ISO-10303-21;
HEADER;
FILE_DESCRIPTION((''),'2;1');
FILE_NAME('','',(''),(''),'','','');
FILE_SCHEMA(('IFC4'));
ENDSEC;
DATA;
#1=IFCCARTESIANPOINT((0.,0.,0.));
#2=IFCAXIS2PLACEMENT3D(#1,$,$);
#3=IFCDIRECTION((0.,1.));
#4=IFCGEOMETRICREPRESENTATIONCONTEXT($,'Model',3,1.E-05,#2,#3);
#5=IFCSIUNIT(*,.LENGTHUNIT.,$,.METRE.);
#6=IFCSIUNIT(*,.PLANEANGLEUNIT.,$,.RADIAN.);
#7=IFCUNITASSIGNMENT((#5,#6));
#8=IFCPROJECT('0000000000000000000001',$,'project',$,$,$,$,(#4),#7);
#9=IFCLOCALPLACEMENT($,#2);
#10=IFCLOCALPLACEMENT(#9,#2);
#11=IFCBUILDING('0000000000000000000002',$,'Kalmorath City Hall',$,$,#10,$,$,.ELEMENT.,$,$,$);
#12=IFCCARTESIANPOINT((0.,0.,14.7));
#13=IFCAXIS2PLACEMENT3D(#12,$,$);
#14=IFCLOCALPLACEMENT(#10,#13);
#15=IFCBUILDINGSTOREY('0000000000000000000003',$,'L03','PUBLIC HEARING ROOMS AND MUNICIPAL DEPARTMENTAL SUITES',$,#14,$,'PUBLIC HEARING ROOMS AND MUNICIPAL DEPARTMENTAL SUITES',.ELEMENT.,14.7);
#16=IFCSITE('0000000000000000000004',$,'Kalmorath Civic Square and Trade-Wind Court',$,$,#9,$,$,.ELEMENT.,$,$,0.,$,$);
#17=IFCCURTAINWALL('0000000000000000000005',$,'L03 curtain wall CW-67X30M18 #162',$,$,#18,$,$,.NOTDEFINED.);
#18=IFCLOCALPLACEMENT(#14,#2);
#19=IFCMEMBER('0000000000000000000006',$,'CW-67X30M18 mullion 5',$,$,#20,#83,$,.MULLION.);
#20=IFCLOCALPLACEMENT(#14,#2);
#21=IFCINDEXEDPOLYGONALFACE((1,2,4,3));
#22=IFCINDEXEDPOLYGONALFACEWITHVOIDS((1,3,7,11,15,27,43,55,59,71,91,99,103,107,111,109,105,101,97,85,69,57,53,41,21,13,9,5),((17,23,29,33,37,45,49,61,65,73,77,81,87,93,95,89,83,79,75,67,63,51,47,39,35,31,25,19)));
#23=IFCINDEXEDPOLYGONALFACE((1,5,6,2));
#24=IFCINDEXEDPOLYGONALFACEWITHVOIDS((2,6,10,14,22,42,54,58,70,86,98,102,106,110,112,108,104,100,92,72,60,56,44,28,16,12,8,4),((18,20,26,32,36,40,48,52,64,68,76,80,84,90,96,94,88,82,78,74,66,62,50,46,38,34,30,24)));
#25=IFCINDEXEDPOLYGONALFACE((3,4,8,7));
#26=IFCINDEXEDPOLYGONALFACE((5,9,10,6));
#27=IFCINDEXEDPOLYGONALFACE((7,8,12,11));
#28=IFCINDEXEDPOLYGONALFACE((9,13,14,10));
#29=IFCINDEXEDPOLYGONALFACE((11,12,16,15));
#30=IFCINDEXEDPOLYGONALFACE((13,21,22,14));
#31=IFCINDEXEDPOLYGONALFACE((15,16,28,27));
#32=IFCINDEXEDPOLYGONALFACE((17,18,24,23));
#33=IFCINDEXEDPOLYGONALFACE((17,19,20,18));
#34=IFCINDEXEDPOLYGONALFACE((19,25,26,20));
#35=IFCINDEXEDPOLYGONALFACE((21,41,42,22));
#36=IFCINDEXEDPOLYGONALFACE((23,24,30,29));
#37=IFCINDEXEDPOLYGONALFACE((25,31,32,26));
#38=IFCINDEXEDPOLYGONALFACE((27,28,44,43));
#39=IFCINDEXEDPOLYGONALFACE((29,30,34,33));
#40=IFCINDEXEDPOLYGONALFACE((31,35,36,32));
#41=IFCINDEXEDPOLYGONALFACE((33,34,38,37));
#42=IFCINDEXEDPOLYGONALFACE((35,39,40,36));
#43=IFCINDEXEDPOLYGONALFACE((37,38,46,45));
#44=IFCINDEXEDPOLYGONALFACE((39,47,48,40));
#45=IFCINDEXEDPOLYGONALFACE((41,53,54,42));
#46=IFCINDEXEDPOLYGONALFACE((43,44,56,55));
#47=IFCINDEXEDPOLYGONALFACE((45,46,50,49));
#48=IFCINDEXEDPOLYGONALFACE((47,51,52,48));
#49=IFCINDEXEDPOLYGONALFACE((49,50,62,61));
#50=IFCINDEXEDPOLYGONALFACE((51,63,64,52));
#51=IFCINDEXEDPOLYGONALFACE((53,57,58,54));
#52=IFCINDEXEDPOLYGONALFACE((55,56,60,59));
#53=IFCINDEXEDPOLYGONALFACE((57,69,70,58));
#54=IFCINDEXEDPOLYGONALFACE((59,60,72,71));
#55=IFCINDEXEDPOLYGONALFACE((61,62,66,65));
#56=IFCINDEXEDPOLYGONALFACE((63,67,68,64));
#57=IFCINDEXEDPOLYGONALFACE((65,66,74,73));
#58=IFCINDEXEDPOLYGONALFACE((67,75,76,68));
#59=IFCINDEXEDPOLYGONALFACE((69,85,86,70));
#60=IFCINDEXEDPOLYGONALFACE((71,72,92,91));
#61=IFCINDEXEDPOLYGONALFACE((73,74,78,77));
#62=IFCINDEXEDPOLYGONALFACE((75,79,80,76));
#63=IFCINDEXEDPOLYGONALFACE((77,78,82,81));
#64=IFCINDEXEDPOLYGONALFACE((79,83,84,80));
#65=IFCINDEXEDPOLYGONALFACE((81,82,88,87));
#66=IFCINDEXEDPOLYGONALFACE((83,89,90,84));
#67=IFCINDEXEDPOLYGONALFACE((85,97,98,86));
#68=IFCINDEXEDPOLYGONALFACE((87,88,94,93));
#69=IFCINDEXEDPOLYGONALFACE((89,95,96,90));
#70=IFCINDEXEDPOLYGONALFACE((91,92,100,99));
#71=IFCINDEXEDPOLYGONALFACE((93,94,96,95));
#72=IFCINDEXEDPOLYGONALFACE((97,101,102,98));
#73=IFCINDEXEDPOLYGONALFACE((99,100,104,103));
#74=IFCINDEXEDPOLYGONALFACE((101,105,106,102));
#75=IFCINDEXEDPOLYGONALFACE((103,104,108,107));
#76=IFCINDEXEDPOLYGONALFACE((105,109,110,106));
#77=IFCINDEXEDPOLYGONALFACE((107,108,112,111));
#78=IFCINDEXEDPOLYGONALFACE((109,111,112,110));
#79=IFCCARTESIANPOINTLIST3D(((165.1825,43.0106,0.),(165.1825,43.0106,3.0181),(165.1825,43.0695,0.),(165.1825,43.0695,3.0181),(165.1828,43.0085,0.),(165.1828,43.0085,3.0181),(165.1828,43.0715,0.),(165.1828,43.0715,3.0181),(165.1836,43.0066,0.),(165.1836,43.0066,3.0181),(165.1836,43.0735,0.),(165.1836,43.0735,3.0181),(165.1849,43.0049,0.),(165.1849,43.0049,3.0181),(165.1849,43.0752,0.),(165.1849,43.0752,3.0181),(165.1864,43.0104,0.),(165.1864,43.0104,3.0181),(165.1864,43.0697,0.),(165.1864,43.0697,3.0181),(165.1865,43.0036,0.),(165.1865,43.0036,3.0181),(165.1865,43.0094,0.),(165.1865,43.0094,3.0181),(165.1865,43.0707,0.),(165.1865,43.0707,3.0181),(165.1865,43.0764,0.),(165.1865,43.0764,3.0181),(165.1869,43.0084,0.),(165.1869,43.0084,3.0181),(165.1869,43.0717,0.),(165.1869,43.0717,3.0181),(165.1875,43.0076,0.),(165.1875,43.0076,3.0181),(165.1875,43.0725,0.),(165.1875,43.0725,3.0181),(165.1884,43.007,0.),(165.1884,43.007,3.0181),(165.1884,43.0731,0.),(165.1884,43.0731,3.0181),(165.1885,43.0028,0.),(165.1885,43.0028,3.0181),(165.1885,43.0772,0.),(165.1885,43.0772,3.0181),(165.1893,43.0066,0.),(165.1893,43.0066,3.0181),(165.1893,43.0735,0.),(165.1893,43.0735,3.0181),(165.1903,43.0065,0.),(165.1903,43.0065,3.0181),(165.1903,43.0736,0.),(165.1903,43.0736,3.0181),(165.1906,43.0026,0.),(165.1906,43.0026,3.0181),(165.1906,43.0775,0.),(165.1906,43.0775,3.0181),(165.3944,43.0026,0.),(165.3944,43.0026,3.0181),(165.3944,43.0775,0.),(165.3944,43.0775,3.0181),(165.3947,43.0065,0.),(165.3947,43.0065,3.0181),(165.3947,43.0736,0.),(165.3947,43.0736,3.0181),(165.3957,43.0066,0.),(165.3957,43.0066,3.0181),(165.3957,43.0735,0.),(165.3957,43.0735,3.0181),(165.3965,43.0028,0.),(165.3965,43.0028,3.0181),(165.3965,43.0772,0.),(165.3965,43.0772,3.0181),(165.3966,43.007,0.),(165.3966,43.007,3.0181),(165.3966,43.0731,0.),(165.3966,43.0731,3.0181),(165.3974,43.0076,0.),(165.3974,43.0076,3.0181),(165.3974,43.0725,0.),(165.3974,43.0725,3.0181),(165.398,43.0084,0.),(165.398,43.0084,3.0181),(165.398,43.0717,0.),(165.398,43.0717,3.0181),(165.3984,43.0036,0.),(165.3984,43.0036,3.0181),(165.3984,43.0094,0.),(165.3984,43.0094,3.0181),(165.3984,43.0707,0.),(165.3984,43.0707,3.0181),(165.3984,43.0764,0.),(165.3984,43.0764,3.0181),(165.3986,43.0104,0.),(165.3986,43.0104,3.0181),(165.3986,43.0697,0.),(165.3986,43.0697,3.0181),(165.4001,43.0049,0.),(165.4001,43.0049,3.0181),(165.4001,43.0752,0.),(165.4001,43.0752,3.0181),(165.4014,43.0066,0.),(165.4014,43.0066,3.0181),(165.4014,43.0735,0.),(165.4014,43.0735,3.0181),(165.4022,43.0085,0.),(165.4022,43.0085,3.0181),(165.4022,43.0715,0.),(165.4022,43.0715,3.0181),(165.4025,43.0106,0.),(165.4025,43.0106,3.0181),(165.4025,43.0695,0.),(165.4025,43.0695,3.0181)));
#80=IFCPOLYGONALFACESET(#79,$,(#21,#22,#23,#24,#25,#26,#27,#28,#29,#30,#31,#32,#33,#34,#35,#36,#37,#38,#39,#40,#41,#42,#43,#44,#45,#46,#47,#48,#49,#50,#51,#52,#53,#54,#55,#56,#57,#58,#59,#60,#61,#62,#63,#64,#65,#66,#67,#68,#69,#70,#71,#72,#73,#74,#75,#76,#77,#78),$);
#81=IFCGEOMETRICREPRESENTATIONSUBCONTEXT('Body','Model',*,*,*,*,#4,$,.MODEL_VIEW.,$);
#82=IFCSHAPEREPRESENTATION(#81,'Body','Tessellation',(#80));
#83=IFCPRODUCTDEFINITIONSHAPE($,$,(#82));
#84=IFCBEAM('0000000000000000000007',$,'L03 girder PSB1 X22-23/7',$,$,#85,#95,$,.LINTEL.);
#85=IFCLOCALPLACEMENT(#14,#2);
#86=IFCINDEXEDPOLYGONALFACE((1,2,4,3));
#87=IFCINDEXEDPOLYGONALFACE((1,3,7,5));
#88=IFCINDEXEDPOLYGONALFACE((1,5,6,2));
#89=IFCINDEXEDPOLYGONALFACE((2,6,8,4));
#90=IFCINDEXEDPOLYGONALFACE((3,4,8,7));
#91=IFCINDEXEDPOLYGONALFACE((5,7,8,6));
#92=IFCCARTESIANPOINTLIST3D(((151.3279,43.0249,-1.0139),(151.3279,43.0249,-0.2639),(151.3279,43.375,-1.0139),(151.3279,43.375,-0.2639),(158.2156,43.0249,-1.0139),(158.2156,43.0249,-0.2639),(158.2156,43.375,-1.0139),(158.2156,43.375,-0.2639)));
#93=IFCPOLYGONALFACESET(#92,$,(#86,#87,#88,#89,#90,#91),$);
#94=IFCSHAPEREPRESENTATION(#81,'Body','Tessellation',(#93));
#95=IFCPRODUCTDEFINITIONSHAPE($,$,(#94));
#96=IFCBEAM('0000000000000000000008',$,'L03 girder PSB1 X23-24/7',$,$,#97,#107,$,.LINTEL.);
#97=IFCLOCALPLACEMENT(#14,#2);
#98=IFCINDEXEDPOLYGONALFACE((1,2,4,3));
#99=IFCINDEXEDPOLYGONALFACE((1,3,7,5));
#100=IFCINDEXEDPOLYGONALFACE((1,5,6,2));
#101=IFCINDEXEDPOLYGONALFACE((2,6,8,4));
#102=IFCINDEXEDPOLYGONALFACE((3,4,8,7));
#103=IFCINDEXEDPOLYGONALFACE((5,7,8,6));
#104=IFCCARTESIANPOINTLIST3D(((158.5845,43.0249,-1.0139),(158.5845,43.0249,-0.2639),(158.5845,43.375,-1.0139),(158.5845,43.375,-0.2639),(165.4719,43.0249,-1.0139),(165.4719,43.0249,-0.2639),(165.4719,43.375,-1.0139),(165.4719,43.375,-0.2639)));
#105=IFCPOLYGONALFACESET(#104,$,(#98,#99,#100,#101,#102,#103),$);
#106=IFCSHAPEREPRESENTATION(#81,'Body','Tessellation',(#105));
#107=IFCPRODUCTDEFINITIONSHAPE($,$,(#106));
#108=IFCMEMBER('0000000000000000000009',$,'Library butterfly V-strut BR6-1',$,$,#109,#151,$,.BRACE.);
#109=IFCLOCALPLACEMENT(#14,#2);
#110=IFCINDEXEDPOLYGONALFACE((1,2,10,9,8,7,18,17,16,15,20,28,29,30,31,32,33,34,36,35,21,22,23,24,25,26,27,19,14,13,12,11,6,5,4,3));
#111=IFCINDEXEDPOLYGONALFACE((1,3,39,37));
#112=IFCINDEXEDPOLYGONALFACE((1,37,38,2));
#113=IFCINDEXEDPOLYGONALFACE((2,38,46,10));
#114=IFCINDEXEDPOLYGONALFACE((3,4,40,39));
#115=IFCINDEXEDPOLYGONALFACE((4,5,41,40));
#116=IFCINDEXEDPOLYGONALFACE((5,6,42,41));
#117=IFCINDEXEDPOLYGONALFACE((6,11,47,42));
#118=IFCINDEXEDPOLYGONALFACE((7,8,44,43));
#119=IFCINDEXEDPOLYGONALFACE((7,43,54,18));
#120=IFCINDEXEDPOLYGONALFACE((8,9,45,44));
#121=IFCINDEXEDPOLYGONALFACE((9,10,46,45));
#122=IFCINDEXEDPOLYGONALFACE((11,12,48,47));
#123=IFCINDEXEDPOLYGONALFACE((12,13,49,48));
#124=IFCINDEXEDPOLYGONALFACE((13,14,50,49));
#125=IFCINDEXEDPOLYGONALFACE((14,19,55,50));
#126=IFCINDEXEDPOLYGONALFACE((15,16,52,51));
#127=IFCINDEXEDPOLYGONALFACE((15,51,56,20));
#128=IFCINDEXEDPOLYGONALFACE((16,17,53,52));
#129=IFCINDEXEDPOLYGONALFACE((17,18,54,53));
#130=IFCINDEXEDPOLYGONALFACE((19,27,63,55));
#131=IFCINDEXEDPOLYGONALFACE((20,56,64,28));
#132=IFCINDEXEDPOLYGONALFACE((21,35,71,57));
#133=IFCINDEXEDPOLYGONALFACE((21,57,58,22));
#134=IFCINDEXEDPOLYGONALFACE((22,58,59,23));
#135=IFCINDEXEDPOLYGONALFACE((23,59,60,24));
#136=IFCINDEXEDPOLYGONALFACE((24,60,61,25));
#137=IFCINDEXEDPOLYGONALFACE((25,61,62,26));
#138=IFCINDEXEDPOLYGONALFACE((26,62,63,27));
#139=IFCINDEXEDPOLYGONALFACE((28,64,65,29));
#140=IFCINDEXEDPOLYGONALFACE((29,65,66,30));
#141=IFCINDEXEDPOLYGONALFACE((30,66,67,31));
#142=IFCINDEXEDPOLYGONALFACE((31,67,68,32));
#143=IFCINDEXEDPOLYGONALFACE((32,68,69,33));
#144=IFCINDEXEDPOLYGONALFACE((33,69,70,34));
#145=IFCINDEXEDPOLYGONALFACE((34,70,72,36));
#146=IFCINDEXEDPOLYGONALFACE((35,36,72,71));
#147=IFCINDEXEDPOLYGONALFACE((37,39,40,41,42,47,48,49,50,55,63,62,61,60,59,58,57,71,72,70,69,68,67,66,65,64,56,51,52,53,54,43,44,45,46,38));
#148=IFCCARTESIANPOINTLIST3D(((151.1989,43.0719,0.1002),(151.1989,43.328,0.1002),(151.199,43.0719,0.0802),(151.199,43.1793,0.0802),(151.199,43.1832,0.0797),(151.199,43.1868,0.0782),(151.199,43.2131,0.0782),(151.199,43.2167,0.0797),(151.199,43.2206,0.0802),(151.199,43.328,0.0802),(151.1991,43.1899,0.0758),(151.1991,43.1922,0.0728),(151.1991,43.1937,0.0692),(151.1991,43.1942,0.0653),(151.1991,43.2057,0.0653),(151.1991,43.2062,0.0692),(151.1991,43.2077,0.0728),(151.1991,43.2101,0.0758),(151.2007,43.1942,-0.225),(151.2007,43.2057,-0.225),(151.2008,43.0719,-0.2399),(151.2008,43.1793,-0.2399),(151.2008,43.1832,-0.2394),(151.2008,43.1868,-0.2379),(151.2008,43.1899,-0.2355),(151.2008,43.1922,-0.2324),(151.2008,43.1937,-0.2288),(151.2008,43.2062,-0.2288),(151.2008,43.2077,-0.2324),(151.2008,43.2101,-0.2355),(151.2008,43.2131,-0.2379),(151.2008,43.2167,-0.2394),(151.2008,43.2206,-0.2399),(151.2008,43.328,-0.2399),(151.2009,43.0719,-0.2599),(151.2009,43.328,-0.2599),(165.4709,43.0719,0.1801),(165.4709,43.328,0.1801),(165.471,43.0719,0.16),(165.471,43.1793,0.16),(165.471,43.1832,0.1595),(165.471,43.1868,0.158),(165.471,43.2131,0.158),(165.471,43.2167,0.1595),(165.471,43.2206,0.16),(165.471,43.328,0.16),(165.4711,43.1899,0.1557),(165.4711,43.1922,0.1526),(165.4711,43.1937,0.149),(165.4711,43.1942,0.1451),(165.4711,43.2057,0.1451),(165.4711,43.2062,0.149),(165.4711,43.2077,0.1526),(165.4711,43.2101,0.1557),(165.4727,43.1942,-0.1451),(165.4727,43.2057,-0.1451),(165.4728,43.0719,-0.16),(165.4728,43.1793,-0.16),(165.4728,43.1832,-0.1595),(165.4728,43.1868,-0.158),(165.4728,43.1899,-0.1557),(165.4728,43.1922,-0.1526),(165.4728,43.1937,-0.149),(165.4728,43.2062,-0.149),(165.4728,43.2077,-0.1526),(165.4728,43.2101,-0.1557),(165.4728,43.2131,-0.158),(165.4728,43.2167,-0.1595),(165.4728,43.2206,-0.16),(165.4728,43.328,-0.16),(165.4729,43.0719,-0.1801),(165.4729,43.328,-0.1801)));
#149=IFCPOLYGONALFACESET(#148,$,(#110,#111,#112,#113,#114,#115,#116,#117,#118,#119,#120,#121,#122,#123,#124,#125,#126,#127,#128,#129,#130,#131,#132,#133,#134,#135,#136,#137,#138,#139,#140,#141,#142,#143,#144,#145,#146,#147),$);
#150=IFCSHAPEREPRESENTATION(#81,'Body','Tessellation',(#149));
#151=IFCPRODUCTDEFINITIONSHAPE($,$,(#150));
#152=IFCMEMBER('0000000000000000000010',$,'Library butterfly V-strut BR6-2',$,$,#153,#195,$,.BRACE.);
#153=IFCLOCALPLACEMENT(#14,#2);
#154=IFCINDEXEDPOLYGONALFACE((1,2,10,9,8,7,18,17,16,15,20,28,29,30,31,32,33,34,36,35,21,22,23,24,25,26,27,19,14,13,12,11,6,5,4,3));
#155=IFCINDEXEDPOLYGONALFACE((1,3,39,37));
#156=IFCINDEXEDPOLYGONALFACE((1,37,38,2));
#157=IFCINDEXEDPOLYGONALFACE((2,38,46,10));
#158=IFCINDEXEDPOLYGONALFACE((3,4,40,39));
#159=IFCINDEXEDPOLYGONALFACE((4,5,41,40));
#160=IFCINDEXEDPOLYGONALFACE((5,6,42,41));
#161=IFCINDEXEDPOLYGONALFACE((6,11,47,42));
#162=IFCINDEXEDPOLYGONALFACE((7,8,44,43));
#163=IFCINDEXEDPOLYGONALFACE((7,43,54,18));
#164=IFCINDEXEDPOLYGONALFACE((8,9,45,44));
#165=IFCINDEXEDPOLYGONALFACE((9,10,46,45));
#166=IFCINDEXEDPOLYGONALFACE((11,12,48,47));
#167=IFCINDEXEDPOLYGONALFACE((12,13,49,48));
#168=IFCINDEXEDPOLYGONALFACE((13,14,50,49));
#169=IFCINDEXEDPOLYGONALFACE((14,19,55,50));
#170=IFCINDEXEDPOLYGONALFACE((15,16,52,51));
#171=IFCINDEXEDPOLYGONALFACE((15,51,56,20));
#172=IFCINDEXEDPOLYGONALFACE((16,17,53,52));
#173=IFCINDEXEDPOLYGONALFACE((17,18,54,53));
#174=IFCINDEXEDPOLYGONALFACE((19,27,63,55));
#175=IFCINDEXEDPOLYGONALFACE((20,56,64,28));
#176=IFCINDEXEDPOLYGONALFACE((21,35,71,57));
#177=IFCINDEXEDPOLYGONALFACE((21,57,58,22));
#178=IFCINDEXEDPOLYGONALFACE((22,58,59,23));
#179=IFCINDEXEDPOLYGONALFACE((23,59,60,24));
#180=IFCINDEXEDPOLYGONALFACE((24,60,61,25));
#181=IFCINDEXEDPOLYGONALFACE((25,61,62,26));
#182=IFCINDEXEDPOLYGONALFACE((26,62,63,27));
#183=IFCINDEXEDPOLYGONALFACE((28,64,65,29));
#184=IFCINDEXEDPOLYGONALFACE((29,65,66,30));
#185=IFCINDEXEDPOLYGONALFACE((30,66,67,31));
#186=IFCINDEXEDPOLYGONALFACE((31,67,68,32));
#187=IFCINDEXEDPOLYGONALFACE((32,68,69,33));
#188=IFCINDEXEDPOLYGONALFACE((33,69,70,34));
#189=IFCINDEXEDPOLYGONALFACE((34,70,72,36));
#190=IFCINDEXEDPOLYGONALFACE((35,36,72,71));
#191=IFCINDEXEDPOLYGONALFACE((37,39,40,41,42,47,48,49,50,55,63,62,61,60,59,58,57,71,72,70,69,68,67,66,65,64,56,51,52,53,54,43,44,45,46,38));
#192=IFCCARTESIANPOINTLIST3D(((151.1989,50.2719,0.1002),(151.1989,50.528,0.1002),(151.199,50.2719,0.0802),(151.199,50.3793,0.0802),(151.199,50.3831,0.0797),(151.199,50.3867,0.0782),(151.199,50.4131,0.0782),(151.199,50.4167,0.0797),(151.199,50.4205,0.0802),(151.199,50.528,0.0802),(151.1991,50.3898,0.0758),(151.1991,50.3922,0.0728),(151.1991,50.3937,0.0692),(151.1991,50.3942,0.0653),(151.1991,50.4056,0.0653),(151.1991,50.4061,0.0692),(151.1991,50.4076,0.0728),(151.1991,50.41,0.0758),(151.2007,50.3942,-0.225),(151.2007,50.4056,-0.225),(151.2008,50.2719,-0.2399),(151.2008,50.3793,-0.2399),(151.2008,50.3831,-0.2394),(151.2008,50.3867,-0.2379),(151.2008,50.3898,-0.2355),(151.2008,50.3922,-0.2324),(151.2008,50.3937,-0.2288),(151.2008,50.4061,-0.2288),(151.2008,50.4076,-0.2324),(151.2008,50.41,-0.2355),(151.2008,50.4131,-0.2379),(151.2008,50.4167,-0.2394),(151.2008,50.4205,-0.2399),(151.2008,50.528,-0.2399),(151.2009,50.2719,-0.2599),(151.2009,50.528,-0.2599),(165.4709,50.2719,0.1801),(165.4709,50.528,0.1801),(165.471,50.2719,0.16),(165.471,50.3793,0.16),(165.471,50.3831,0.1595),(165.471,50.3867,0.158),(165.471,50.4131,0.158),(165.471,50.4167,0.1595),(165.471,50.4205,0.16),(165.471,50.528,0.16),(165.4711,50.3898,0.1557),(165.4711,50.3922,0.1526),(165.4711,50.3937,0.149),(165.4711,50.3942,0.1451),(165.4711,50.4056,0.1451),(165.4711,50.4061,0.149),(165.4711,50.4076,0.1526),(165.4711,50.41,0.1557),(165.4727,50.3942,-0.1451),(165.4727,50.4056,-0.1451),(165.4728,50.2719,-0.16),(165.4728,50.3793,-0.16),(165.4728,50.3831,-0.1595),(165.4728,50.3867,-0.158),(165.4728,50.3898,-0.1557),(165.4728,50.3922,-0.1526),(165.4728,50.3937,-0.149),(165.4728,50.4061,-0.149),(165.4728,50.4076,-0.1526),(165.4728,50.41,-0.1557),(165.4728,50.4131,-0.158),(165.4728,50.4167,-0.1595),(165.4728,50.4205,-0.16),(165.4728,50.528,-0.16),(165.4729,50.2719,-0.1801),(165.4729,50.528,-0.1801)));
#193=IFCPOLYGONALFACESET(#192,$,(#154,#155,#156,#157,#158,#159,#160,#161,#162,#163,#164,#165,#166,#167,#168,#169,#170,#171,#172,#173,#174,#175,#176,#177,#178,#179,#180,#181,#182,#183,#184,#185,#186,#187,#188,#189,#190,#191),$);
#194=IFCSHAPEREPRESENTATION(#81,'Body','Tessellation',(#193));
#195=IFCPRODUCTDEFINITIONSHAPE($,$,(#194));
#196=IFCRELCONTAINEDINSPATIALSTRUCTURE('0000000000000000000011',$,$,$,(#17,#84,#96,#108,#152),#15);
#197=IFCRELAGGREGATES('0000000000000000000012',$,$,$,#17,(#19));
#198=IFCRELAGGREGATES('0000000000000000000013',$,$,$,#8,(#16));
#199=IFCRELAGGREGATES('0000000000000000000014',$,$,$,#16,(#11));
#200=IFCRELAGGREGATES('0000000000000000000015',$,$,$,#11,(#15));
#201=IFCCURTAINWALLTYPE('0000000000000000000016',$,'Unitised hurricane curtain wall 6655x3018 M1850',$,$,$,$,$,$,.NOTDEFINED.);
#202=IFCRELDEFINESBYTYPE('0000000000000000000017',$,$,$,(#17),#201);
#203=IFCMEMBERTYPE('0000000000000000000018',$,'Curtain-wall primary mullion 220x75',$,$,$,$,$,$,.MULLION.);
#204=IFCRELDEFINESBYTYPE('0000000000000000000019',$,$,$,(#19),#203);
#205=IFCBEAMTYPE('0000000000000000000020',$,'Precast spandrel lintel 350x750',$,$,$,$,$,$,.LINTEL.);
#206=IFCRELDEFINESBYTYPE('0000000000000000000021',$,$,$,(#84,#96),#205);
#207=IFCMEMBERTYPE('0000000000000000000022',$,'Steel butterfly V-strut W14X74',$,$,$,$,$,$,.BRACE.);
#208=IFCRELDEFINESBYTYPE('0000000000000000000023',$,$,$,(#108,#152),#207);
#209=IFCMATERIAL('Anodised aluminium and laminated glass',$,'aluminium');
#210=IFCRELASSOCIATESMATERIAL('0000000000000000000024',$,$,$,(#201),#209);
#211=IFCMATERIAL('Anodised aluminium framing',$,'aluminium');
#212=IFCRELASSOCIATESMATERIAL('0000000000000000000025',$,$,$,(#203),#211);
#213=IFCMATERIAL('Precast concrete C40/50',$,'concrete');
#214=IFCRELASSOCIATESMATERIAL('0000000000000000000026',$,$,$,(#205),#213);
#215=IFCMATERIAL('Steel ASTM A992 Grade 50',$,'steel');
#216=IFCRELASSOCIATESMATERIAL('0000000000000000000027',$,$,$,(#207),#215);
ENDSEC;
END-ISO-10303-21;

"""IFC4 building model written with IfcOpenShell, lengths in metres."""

from ifc_helpers import new_model, si_unit, direction, frame, origin, origin_2d, place, context, subcontext, project, spatial, rectangle, hollow_rectangle, i_section, extrude, material, material_profile, profile_set, type_object, element, aggregate, save


model = new_model("IFC4")

# Units and contexts
model_context = context("Model", 3, precision=1e-05, world=origin(), true_north=direction((0.0, 1.0)))
body_context = subcontext(model_context, "Body", "Model", "MODEL_VIEW")
ifc_project = project(units=[si_unit("LENGTHUNIT", "METRE"), si_unit("PLANEANGLEUNIT", "RADIAN")], contexts=[model_context])

# Site, building, storey
site_placement = place(None, origin())
site = spatial("IfcSite", under=ifc_project, at=site_placement, Name="Kalmorath Civic Square and Trade-Wind Court", CompositionType="ELEMENT", RefElevation=0.0)
building_placement = place(site_placement, origin())
building = spatial("IfcBuilding", under=site, at=building_placement, Name="Kalmorath City Hall", CompositionType="ELEMENT")
storey_placement = place(building_placement, frame((0.0, 0.0, 14.7)))
storey = spatial("IfcBuildingStorey", under=building, at=storey_placement, Name="L03", Description="PUBLIC HEARING ROOMS AND MUNICIPAL DEPARTMENTAL SUITES", LongName="PUBLIC HEARING ROOMS AND MUNICIPAL DEPARTMENTAL SUITES", CompositionType="ELEMENT", Elevation=14.7)

# Curtain wall, member
ifc_material_1 = material(Name="Anodised aluminium and laminated glass", Category="aluminium")
curtain_wall_type = type_object("IfcCurtainWallType", Name="Unitised hurricane curtain wall 6655x3018 M1850", PredefinedType="NOTDEFINED", material=ifc_material_1)
curtain_wall_placement = place(storey_placement, origin())
curtain_wall = element("IfcCurtainWall", 1, at=curtain_wall_placement, inside=storey, type_object=curtain_wall_type, Name="L03 curtain wall CW-67X30M18 #162", PredefinedType="NOTDEFINED")
ifc_material_2 = material(Name="Anodised aluminium framing", Category="aluminium")
ifc_material_profile_1 = material_profile(ifc_material_2, hollow_rectangle(XDim=0.075, YDim=0.22, WallThickness=0.0039, InnerFilletRadius=0.0039, OuterFilletRadius=0.0081, at=origin_2d()), Name="ALU-MUL-220X75X4")
ifc_profile_set_1 = profile_set([ifc_material_profile_1], Name="Anodised aluminium framing")
member_type_1 = type_object("IfcMemberType", Name="Curtain-wall primary mullion 220x75", PredefinedType="MULLION", material=ifc_profile_set_1)
member_placement = place(storey_placement, frame((165.2925, 43.04, 0.0), z_axis=(0.0, 0.0, 1.0), x_axis=(0.0, 1.0, 0.0)))
member = element("IfcMember", 2, at=member_placement, type_object=member_type_1, Name="CW-67X30M18 mullion 5", PredefinedType="MULLION", context=body_context, shape_type="SweptSolid", body=[
    extrude(hollow_rectangle(XDim=0.075, YDim=0.22, WallThickness=0.0039, InnerFilletRadius=0.0039, OuterFilletRadius=0.0081, at=origin_2d()), origin(), (0.0, 0.0, 1.0), 3.0181),
])
aggregate(curtain_wall, [member])

# Beams
ifc_material_3 = material(Name="Precast concrete C40/50", Category="concrete")
ifc_material_profile_2 = material_profile(ifc_material_3, rectangle(XDim=0.3501, YDim=0.75, at=origin_2d()), Name="PC-SP-350X750")
ifc_profile_set_2 = profile_set([ifc_material_profile_2], Name="Precast concrete C40/50")
beam_type = type_object("IfcBeamType", Name="Precast spandrel lintel 350x750", PredefinedType="LINTEL", material=ifc_profile_set_2)
beam_1_placement = place(storey_placement, frame((151.3279, 43.2, -0.6389), z_axis=(1.0, 0.0, 0.0), x_axis=(0.0, 1.0, 0.0)))
element("IfcBeam", 3, at=beam_1_placement, inside=storey, type_object=beam_type, Name="L03 girder PSB1 X22-23/7", PredefinedType="LINTEL", context=body_context, shape_type="SweptSolid", body=[
    extrude(rectangle(XDim=0.3501, YDim=0.75, at=origin_2d()), origin(), (0.0, 0.0, 1.0), 6.8877),
])
beam_2_placement = place(storey_placement, frame((158.5845, 43.2, -0.6389), z_axis=(1.0, 0.0, 0.0), x_axis=(0.0, 1.0, 0.0)))
element("IfcBeam", 4, at=beam_2_placement, inside=storey, type_object=beam_type, Name="L03 girder PSB1 X23-24/7", PredefinedType="LINTEL", context=body_context, shape_type="SweptSolid", body=[
    extrude(rectangle(XDim=0.3501, YDim=0.75, at=origin_2d()), origin(), (0.0, 0.0, 1.0), 6.8875),
])

# Members
ifc_material_4 = material(Name="Steel ASTM A992 Grade 50", Category="steel")
ifc_material_profile_3 = material_profile(ifc_material_4, i_section(OverallWidth=0.2561, OverallDepth=0.3601, WebThickness=0.0115, FlangeThickness=0.02, FilletRadius=0.0149, at=origin_2d()), Name="W14X74")
ifc_profile_set_3 = profile_set([ifc_material_profile_3], Name="Steel ASTM A992 Grade 50")
member_type_2 = type_object("IfcMemberType", Name="Steel butterfly V-strut W14X74", PredefinedType="BRACE", material=ifc_profile_set_3)
for number, where, z_axis, x_axis, name in (
    (5, (165.4719, 43.2, 0.0), (-0.999984, 0.0, -0.005594), (0.0, -1.0, 0.0), "Library butterfly V-strut BR6-1"),
    (6, (165.4719, 50.3999, 0.0), (-0.999984, 0.0, -0.005594), (0.0, -1.0, 0.0), "Library butterfly V-strut BR6-2"),
):
    element("IfcMember", number, at=place(storey_placement, frame(where, z_axis=z_axis, x_axis=x_axis)), inside=storey, type_object=member_type_2, Name=name, PredefinedType="BRACE", context=body_context, shape_type="SweptSolid", body=[
        extrude(i_section(OverallWidth=0.2561, OverallDepth=0.3601, WebThickness=0.0115, FlangeThickness=0.02, FilletRadius=0.0149, at=origin_2d()), origin(), (0.0, 0.0, 1.0), 14.2722),
    ])

save(model, "model.ifc")
